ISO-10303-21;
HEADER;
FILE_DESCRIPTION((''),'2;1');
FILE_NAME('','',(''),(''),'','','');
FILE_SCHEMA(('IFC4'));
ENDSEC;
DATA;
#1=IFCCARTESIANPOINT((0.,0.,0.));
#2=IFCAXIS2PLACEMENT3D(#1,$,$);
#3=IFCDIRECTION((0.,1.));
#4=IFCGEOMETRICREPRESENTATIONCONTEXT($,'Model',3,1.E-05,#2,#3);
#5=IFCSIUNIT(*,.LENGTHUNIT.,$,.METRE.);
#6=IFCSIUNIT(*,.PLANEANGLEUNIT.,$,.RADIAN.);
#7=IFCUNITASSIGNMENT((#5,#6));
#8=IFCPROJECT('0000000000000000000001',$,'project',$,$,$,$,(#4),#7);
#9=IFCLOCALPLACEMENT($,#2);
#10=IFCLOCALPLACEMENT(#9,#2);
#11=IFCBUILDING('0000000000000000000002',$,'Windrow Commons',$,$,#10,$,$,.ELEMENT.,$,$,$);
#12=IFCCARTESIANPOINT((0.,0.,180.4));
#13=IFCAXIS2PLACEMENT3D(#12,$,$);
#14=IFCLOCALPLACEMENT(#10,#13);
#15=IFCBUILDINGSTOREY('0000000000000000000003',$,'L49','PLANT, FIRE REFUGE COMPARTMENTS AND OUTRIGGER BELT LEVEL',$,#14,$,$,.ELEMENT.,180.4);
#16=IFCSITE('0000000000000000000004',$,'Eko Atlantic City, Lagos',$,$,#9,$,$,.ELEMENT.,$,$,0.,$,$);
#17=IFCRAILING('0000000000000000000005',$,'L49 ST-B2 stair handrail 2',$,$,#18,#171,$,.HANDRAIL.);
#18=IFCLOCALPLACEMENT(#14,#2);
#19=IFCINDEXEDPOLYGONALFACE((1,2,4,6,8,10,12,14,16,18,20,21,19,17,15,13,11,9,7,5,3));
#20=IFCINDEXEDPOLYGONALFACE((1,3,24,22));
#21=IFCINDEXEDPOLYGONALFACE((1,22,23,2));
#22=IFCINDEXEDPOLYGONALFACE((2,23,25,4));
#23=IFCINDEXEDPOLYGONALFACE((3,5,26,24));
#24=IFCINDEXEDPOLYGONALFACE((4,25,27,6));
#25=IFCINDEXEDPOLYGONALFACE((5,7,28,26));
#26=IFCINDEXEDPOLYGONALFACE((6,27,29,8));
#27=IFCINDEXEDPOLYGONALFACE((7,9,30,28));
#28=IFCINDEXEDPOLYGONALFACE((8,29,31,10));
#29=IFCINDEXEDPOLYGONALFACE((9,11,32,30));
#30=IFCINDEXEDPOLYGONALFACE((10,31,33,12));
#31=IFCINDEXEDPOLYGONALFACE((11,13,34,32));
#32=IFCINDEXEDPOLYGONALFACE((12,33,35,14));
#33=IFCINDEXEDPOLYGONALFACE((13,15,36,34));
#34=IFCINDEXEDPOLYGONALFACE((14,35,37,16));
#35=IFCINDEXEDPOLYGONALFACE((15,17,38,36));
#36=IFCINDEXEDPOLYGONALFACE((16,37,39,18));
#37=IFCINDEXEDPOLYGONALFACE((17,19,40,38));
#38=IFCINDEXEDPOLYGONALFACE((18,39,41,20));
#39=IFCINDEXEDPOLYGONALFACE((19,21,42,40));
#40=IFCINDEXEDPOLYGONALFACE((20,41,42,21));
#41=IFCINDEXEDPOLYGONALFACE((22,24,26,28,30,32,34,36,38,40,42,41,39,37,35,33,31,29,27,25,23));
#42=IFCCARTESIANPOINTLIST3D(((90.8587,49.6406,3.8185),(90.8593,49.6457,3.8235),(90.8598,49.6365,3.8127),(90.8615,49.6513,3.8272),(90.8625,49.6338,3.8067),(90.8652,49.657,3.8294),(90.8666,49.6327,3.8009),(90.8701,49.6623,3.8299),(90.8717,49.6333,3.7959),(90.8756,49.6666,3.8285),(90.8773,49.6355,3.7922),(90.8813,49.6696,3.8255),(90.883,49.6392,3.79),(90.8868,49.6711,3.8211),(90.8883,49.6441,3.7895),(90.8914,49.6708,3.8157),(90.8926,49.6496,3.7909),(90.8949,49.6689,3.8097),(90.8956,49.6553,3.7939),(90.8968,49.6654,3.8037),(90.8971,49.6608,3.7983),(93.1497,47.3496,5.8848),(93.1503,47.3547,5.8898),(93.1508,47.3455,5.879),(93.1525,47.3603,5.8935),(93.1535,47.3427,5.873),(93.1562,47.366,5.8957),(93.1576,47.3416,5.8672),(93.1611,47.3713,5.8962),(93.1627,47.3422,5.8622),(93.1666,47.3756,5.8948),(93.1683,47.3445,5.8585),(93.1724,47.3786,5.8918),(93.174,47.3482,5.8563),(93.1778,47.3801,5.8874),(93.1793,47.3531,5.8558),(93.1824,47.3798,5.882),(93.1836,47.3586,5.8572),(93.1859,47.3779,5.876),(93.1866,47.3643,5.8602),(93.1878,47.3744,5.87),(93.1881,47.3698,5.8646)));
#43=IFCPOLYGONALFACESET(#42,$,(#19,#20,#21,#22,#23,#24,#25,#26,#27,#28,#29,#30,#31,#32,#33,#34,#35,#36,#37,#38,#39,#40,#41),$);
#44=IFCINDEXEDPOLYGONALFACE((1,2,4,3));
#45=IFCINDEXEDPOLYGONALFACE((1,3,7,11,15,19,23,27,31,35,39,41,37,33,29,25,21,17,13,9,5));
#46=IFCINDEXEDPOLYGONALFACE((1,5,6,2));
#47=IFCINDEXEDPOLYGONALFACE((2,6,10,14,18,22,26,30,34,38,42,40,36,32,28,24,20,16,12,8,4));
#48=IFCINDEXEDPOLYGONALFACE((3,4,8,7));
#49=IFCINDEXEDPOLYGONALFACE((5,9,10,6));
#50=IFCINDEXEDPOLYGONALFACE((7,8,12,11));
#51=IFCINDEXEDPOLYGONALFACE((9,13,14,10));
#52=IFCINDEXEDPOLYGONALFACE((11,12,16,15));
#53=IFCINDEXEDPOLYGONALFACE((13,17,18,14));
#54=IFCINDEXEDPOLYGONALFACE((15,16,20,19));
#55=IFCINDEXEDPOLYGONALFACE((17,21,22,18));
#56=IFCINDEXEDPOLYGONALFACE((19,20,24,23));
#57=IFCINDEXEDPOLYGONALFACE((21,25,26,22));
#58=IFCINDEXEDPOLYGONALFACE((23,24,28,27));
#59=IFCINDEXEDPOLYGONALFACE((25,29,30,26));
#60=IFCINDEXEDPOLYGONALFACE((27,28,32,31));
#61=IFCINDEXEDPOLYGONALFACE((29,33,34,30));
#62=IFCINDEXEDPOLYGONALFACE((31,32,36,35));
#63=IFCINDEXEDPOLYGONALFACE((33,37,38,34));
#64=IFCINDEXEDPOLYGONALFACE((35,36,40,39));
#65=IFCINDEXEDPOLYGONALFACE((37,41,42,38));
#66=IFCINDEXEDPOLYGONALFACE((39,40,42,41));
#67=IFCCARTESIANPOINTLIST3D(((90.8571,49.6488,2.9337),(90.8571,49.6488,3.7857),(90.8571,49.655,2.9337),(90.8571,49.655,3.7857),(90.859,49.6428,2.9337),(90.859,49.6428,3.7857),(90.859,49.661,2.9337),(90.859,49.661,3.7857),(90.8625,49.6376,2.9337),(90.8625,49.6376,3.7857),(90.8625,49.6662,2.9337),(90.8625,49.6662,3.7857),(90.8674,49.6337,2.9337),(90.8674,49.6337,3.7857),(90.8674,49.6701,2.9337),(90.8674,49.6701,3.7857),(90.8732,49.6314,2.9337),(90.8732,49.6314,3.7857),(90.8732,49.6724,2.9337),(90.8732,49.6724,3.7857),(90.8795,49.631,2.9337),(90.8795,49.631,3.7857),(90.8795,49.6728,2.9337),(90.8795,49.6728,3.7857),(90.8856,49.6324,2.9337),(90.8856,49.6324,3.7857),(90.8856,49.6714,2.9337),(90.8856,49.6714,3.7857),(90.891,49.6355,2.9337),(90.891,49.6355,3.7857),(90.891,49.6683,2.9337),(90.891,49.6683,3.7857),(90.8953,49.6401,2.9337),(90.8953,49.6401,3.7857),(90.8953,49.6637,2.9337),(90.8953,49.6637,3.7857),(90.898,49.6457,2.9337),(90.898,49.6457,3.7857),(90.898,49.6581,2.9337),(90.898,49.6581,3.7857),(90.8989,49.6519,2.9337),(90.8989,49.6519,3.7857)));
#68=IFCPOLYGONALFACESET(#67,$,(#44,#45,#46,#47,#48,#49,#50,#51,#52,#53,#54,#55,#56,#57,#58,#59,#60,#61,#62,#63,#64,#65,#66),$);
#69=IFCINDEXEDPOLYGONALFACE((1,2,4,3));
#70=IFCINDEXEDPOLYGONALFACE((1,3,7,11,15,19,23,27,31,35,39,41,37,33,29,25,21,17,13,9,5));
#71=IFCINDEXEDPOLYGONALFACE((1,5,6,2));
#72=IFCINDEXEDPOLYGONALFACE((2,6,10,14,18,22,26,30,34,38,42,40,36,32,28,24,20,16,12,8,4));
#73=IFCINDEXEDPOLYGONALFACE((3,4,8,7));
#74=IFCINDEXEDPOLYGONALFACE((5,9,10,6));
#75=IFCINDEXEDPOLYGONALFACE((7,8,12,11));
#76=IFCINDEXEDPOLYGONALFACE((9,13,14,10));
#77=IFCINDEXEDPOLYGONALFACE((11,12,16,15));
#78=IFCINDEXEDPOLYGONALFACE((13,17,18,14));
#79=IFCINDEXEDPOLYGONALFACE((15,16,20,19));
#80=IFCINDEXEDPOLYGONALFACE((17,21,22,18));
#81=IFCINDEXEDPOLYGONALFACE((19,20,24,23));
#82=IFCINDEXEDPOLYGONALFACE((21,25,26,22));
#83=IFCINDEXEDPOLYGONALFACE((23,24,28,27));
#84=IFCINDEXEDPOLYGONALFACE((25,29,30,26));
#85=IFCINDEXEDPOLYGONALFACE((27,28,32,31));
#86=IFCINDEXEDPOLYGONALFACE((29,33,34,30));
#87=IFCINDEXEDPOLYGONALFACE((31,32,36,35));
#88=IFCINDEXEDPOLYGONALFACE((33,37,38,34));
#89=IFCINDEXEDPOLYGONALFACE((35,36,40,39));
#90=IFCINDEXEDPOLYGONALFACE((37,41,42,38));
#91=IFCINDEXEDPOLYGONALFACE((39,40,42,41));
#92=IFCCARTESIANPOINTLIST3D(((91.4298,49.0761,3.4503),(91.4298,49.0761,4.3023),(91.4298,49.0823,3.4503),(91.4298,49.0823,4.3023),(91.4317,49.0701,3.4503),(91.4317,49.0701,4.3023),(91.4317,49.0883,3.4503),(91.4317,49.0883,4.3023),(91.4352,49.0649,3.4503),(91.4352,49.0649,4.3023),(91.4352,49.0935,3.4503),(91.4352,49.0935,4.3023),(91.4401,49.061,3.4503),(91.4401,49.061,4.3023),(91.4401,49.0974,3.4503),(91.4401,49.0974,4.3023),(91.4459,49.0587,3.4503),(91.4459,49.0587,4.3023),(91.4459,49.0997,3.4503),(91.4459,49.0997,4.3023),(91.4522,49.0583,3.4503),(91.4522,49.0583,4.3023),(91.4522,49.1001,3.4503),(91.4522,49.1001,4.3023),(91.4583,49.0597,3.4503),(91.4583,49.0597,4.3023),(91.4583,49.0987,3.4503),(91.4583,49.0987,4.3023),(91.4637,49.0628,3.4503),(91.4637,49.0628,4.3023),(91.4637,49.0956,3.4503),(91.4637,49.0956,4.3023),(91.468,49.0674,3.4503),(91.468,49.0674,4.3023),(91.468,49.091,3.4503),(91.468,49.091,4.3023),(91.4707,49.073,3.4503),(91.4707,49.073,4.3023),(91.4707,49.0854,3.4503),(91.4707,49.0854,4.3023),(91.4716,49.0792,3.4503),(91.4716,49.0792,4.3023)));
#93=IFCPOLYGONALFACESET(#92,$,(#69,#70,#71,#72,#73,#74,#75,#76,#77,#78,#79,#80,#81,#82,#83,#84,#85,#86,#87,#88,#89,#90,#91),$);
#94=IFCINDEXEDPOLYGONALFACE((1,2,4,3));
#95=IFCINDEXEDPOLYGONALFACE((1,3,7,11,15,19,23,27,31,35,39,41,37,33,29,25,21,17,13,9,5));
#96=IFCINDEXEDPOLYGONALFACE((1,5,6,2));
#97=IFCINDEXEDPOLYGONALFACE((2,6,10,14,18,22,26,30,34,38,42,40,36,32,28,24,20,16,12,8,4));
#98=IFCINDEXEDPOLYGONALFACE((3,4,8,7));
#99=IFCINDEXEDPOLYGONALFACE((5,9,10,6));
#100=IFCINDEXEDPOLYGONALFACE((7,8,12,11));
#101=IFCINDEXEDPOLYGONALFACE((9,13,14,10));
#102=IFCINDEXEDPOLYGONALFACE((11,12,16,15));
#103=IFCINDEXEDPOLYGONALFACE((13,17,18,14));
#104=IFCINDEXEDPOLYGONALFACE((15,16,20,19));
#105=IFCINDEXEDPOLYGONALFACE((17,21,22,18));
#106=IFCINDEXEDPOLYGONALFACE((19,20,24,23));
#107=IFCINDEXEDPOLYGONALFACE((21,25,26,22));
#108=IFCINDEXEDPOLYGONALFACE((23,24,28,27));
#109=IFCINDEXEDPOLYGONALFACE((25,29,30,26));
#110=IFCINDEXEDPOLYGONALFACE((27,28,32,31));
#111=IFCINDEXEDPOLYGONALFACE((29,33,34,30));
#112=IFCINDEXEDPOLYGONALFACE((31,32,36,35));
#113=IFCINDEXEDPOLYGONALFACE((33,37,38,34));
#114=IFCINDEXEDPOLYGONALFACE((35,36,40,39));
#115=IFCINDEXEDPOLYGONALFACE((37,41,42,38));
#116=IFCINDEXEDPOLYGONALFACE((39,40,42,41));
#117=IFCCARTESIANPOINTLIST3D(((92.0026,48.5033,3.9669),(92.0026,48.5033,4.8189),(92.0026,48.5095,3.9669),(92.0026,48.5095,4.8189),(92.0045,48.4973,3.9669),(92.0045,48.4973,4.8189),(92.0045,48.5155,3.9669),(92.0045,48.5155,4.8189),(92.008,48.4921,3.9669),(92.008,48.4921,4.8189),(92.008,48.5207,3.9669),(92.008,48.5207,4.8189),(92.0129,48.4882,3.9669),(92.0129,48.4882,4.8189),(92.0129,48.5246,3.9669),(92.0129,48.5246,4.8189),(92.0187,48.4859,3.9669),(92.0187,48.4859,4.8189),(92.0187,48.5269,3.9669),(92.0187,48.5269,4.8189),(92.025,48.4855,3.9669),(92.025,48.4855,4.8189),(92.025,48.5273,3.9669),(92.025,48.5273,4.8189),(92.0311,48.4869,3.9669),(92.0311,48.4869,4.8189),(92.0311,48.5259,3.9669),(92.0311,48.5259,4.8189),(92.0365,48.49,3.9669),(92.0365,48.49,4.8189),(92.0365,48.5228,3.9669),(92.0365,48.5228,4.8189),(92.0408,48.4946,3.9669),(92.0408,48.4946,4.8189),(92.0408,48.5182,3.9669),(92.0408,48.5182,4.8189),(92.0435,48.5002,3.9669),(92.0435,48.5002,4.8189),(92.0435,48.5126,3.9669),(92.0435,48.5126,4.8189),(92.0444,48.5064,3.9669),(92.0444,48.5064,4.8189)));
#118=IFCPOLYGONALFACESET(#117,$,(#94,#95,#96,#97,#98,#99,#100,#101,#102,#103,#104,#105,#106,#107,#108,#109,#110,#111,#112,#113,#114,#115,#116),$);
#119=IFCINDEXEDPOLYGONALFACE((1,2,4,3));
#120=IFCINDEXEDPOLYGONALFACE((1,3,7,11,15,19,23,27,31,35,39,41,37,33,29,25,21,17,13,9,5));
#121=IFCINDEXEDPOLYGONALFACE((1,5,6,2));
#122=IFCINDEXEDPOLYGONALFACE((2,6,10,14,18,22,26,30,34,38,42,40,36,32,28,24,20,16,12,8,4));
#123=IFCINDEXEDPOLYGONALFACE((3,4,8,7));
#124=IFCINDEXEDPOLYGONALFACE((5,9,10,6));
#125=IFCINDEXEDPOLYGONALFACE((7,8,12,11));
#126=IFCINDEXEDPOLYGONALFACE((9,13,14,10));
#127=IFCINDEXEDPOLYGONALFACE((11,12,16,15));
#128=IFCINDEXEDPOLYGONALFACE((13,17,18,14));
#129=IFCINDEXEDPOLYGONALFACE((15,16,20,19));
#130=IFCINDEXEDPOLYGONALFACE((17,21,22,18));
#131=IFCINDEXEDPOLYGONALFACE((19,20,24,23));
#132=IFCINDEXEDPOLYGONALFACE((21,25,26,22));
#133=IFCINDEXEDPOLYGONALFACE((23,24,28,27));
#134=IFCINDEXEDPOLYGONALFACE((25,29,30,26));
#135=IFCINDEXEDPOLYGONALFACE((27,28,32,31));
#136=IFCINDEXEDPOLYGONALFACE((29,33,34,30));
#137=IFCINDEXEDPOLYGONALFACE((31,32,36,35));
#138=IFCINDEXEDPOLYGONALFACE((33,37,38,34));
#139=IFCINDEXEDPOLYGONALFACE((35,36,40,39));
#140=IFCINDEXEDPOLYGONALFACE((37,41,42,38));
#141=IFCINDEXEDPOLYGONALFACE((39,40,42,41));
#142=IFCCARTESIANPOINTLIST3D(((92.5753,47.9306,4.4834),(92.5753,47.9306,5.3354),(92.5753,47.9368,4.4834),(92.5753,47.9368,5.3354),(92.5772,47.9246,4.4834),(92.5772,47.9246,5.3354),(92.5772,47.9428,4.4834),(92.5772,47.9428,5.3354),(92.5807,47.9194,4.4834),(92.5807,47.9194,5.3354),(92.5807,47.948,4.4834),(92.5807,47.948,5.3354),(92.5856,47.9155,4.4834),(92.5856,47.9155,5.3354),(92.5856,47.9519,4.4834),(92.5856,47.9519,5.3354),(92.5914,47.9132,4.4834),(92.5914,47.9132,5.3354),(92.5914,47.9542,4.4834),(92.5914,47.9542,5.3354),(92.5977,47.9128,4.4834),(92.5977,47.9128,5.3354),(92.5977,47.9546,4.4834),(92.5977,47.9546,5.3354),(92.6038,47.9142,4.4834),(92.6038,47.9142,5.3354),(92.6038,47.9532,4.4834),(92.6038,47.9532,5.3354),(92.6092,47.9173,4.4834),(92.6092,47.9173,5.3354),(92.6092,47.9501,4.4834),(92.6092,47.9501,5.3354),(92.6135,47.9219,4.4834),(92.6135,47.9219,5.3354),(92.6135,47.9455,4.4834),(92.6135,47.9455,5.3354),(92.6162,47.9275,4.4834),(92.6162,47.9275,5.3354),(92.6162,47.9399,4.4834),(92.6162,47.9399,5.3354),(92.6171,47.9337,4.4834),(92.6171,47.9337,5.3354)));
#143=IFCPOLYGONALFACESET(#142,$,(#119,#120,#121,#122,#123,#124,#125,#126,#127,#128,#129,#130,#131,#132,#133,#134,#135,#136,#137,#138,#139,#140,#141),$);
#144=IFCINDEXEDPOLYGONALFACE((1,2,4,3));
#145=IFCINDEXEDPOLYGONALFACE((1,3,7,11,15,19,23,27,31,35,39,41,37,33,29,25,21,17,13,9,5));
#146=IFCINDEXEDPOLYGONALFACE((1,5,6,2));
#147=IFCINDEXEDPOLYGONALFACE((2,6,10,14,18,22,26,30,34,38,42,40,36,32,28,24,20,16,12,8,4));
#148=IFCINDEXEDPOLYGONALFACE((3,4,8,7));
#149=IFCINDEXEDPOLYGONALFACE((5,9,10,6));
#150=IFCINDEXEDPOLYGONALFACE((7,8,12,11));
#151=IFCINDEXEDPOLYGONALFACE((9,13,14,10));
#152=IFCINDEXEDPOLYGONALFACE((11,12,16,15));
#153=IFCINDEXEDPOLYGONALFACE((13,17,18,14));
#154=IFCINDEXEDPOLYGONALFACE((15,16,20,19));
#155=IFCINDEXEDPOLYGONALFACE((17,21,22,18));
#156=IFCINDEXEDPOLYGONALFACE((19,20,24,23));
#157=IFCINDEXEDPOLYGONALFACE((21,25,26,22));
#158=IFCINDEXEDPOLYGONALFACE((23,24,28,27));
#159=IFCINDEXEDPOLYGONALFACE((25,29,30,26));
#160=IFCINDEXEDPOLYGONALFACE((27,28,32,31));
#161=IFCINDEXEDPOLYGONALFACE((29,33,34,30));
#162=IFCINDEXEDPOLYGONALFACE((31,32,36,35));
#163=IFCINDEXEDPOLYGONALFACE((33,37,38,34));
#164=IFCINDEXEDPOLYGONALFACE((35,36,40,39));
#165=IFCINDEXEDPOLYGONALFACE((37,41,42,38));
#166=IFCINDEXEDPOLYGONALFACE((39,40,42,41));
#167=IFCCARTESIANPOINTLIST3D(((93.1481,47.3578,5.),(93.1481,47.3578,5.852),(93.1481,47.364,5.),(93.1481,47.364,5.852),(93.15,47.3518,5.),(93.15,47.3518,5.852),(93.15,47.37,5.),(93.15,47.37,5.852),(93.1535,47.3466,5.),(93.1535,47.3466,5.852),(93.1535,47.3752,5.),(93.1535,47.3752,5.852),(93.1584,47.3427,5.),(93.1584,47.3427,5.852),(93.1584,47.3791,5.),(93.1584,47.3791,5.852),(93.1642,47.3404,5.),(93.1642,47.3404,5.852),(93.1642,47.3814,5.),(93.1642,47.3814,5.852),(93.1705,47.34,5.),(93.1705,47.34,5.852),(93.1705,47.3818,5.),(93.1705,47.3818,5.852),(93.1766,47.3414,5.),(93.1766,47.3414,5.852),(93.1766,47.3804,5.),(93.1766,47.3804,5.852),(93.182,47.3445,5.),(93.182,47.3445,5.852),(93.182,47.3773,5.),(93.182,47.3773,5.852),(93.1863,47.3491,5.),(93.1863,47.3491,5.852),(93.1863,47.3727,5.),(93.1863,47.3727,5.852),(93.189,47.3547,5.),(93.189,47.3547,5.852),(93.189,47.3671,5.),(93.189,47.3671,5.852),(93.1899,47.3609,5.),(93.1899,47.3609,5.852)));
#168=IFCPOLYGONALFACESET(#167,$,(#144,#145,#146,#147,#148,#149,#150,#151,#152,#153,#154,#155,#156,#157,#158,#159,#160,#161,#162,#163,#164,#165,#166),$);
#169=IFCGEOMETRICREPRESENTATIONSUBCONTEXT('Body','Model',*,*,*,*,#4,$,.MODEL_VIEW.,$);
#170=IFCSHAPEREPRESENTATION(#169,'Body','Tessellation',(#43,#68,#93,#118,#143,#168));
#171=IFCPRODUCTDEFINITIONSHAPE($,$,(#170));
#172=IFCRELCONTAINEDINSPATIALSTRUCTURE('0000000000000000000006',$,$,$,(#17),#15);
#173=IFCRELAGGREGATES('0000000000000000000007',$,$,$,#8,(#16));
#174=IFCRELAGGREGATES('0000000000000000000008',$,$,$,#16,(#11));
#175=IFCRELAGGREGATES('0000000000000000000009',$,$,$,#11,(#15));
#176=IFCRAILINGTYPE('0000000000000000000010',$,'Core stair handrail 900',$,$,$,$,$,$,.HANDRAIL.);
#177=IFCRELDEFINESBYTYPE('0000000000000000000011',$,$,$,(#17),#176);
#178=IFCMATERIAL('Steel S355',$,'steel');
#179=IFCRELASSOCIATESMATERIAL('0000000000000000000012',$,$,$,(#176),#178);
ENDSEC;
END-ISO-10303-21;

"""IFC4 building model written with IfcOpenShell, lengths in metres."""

from ifc_helpers import new_model, si_unit, direction, frame, origin, origin_2d, place, context, subcontext, project, spatial, circle, extrude, material, type_object, element, save


model = new_model("IFC4")

# Units and contexts
model_context = context("Model", 3, precision=1e-05, world=origin(), true_north=direction((0.0, 1.0)))
body_context = subcontext(model_context, "Body", "Model", "MODEL_VIEW")
ifc_project = project(units=[si_unit("LENGTHUNIT", "METRE"), si_unit("PLANEANGLEUNIT", "RADIAN")], contexts=[model_context])

# Site, building, storey
site_placement = place(None, origin())
site = spatial("IfcSite", under=ifc_project, at=site_placement, Name="Eko Atlantic City, Lagos", CompositionType="ELEMENT", RefElevation=0.0)
building_placement = place(site_placement, origin())
building = spatial("IfcBuilding", under=site, at=building_placement, Name="Windrow Commons", CompositionType="ELEMENT")
storey_placement = place(building_placement, frame((0.0, 0.0, 180.4)))
storey = spatial("IfcBuildingStorey", under=building, at=storey_placement, Name="L49", Description="PLANT, FIRE REFUGE COMPARTMENTS AND OUTRIGGER BELT LEVEL", CompositionType="ELEMENT", Elevation=180.4)

# Railing
ifc_material_1 = material(Name="Steel S355", Category="steel")
railing_type_1 = type_object("IfcRailingType", Name="Core stair handrail 900", PredefinedType="HANDRAIL", material=ifc_material_1)
railing_1_placement = place(storey_placement, frame((90.8779, 49.6519, 2.9337)))
element("IfcRailing", 1, at=railing_1_placement, inside=storey, type_object=railing_type_1, Name="L49 ST-B2 stair handrail 2", PredefinedType="HANDRAIL", context=body_context, shape_type="SweptSolid", body=[
    extrude(circle(Radius=0.024, at=origin_2d()), frame((0.0, 0.0, 0.876), z_axis=(0.596183, -0.596183, 0.53771), x_axis=(0.707107, 0.707107, 0.0)), (0.0, 0.0, 1.0), 3.8428),
    extrude(circle(Radius=0.021, at=origin_2d()), origin(), (0.0, 0.0, 1.0), 0.852),
    extrude(circle(Radius=0.021, at=origin_2d()), frame((0.5727, -0.5727, 0.5166)), (0.0, 0.0, 1.0), 0.852),
    extrude(circle(Radius=0.021, at=origin_2d()), frame((1.1455, -1.1455, 1.0332)), (0.0, 0.0, 1.0), 0.852),
    extrude(circle(Radius=0.021, at=origin_2d()), frame((1.7182, -1.7182, 1.5497)), (0.0, 0.0, 1.0), 0.852),
    extrude(circle(Radius=0.021, at=origin_2d()), frame((2.291, -2.291, 2.0663)), (0.0, 0.0, 1.0), 0.852),
])

save(model, "model.ifc")
